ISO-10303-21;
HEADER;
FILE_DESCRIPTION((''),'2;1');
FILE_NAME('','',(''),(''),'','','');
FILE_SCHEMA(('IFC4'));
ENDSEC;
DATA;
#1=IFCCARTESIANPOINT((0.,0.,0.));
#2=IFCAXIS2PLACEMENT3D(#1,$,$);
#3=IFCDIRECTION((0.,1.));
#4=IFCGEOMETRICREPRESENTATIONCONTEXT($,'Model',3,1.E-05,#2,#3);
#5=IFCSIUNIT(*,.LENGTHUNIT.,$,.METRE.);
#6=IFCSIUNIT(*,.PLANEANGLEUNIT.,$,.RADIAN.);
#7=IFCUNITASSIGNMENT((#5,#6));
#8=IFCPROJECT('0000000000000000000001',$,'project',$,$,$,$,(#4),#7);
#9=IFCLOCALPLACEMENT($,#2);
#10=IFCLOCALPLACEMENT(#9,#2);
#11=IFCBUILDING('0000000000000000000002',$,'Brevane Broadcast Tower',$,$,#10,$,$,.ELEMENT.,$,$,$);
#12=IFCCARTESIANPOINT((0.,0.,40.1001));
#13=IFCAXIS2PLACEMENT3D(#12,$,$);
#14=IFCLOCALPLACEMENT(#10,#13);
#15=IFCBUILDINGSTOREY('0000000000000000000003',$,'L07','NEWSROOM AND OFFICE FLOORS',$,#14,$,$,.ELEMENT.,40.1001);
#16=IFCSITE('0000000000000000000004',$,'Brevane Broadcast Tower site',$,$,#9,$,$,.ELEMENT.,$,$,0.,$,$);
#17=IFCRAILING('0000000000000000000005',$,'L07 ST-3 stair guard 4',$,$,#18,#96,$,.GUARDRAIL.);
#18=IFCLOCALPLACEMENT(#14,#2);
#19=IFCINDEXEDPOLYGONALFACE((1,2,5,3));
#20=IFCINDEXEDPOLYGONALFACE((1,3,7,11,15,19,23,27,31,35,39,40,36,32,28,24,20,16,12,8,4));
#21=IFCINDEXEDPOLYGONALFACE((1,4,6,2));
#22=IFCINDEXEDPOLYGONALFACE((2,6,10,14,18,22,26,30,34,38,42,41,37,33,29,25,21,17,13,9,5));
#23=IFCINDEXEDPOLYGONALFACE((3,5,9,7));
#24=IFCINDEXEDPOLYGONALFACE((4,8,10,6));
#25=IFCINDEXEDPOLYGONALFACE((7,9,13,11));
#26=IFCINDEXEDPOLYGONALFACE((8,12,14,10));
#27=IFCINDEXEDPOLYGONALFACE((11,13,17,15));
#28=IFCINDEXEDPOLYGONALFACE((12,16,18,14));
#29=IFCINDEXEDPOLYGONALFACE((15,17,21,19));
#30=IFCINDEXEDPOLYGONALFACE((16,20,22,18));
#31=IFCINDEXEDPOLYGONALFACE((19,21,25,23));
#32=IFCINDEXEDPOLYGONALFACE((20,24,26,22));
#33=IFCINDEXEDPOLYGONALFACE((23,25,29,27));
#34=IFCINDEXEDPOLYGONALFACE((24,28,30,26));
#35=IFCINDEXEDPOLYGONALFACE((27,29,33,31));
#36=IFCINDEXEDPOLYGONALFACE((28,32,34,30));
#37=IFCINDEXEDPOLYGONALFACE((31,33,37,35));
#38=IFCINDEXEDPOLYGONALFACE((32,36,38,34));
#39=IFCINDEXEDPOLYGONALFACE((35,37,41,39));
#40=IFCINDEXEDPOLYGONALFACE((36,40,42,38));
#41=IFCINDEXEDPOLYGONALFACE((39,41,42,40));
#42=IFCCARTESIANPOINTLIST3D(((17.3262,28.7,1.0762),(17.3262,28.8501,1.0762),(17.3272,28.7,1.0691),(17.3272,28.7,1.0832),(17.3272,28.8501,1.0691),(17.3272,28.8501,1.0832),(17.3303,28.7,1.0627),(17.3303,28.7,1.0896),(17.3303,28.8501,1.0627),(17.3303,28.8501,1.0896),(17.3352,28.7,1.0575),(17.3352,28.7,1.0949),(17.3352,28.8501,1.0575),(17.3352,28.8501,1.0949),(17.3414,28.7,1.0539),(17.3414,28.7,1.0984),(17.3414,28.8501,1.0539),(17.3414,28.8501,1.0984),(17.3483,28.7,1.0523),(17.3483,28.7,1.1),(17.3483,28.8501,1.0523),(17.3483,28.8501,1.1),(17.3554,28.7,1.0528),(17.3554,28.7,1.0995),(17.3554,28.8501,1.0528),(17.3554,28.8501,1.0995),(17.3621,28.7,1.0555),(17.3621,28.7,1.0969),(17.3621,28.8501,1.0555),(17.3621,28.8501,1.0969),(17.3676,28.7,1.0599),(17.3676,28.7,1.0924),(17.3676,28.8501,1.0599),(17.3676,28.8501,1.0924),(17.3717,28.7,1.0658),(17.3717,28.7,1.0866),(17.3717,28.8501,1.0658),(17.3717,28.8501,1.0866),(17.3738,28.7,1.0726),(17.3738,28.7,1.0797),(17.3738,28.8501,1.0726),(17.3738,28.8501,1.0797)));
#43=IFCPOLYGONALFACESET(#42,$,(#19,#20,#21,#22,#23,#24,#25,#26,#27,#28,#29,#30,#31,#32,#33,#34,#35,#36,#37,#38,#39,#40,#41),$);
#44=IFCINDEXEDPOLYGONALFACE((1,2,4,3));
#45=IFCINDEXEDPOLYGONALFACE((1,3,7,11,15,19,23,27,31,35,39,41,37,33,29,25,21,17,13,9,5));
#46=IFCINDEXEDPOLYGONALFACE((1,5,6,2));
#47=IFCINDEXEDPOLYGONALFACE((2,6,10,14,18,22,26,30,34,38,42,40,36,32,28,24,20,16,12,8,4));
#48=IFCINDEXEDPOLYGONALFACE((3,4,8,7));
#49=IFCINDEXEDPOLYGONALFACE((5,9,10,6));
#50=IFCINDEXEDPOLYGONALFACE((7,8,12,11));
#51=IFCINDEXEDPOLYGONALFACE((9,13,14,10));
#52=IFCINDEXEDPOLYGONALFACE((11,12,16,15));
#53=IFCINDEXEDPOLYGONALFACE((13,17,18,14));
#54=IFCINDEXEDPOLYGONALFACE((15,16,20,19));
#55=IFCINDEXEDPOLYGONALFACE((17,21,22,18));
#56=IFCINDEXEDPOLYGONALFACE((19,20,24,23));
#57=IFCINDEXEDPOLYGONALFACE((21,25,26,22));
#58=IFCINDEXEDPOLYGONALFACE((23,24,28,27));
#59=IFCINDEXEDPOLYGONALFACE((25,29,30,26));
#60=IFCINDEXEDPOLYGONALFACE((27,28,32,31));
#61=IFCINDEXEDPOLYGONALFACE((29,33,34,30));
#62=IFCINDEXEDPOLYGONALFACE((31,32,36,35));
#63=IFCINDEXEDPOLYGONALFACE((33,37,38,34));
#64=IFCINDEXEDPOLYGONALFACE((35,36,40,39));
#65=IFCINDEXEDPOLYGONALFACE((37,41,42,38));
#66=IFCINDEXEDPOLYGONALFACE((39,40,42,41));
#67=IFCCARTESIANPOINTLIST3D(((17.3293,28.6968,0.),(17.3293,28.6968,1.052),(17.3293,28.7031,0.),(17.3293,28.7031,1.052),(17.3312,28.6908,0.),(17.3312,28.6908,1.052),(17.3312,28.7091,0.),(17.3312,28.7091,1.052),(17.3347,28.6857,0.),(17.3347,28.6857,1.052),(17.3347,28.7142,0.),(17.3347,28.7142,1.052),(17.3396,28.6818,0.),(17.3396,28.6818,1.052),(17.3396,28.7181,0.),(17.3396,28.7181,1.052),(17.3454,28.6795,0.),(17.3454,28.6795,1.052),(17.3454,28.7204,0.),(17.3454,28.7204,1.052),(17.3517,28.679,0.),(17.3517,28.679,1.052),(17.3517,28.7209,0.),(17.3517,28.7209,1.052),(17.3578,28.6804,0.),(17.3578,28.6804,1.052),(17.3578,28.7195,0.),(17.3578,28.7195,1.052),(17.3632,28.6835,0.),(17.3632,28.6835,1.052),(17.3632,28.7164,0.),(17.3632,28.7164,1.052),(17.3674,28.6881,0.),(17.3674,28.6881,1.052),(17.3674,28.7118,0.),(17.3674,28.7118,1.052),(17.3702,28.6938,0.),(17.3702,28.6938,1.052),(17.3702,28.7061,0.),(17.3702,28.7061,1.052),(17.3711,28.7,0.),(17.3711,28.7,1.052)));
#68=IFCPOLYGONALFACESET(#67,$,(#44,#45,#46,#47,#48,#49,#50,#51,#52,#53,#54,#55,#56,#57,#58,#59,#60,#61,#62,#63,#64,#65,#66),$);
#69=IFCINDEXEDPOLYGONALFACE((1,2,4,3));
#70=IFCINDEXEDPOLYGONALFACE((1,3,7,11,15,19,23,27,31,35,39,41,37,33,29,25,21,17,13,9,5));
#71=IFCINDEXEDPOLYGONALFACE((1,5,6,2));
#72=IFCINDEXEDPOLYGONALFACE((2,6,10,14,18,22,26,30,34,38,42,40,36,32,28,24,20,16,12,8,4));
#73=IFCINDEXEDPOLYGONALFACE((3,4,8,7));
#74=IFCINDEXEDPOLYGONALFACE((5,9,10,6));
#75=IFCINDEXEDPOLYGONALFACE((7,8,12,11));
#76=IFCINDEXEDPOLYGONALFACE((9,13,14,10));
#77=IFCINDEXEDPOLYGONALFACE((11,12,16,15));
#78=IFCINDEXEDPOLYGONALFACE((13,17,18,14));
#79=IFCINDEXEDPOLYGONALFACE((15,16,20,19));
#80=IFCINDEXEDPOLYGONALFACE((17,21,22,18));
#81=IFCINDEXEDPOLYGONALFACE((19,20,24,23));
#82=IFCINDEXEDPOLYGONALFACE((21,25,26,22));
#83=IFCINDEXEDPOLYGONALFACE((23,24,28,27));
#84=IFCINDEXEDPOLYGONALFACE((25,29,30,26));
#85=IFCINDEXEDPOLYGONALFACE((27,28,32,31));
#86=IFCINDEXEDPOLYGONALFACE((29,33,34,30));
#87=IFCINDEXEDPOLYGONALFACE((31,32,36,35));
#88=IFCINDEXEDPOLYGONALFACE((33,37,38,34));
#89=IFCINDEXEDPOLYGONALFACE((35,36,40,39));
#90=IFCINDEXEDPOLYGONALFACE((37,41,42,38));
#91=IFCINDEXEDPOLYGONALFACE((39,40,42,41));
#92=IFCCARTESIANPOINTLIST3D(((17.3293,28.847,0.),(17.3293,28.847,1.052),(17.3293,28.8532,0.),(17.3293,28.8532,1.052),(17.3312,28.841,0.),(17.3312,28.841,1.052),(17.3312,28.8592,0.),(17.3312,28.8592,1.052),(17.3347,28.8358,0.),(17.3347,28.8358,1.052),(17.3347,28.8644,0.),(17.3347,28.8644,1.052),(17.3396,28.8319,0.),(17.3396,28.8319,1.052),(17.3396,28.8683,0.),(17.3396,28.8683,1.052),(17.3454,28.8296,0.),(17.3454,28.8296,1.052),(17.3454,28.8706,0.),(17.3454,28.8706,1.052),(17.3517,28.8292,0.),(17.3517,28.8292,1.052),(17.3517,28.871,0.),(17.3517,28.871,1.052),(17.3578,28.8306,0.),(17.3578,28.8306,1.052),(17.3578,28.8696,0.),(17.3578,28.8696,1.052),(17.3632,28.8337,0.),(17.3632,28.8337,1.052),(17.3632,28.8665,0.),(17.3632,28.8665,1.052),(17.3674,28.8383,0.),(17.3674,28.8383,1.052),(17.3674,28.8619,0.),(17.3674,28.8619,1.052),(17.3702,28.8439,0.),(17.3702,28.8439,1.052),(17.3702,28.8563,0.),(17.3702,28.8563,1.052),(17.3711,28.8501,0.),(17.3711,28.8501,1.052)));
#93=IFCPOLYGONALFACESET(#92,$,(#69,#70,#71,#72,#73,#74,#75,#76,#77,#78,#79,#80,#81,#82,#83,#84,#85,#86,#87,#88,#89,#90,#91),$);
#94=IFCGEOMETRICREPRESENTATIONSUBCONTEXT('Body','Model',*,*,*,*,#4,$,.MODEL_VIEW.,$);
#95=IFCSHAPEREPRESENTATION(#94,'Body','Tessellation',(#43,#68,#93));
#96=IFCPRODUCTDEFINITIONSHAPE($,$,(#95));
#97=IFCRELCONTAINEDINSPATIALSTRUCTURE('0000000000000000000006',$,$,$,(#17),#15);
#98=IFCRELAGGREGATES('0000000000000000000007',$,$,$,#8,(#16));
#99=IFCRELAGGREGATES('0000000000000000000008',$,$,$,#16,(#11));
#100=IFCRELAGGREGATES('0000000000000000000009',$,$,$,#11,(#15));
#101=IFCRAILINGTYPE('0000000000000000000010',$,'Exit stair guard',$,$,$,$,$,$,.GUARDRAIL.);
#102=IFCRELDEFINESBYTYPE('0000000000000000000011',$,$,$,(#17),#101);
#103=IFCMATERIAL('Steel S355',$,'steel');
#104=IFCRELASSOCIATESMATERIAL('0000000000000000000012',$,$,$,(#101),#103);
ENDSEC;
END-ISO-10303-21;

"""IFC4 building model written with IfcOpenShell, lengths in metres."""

from ifc_helpers import new_model, si_unit, direction, frame, origin, origin_2d, place, context, subcontext, project, spatial, circle, extrude, material, type_object, element, save


model = new_model("IFC4")

# Units and contexts
model_context = context("Model", 3, precision=1e-05, world=origin(), true_north=direction((0.0, 1.0)))
body_context = subcontext(model_context, "Body", "Model", "MODEL_VIEW")
ifc_project = project(units=[si_unit("LENGTHUNIT", "METRE"), si_unit("PLANEANGLEUNIT", "RADIAN")], contexts=[model_context])

# Site, building, storey
site_placement = place(None, origin())
site = spatial("IfcSite", under=ifc_project, at=site_placement, Name="Brevane Broadcast Tower site", CompositionType="ELEMENT", RefElevation=0.0)
building_placement = place(site_placement, origin())
building = spatial("IfcBuilding", under=site, at=building_placement, Name="Brevane Broadcast Tower", CompositionType="ELEMENT")
storey_placement = place(building_placement, frame((0.0, 0.0, 40.1001)))
storey = spatial("IfcBuildingStorey", under=building, at=storey_placement, Name="L07", Description="NEWSROOM AND OFFICE FLOORS", CompositionType="ELEMENT", Elevation=40.1001)

# Shared definitions
ifc_material_1 = material(Name="Steel S355", Category="steel")

# Railing
railing_type_1 = type_object("IfcRailingType", Name="Exit stair guard", PredefinedType="GUARDRAIL", material=ifc_material_1)
railing_1_placement = place(storey_placement, frame((17.3501, 28.7, 0.0)))
element("IfcRailing", 1, at=railing_1_placement, inside=storey, type_object=railing_type_1, Name="L07 ST-3 stair guard 4", PredefinedType="GUARDRAIL", context=body_context, shape_type="SweptSolid", body=[
    extrude(circle(Radius=0.0239, at=origin_2d()), frame((0.0, 0.0, 1.0762), z_axis=(0.0, 1.0, 0.0), x_axis=(-1.0, 0.0, 0.0)), (0.0, 0.0, 1.0), 0.1501),
    extrude(circle(Radius=0.021, at=origin_2d()), origin(), (0.0, 0.0, 1.0), 1.052),
    extrude(circle(Radius=0.021, at=origin_2d()), frame((0.0, 0.1501, 0.0)), (0.0, 0.0, 1.0), 1.052),
])

save(model, "model.ifc")
